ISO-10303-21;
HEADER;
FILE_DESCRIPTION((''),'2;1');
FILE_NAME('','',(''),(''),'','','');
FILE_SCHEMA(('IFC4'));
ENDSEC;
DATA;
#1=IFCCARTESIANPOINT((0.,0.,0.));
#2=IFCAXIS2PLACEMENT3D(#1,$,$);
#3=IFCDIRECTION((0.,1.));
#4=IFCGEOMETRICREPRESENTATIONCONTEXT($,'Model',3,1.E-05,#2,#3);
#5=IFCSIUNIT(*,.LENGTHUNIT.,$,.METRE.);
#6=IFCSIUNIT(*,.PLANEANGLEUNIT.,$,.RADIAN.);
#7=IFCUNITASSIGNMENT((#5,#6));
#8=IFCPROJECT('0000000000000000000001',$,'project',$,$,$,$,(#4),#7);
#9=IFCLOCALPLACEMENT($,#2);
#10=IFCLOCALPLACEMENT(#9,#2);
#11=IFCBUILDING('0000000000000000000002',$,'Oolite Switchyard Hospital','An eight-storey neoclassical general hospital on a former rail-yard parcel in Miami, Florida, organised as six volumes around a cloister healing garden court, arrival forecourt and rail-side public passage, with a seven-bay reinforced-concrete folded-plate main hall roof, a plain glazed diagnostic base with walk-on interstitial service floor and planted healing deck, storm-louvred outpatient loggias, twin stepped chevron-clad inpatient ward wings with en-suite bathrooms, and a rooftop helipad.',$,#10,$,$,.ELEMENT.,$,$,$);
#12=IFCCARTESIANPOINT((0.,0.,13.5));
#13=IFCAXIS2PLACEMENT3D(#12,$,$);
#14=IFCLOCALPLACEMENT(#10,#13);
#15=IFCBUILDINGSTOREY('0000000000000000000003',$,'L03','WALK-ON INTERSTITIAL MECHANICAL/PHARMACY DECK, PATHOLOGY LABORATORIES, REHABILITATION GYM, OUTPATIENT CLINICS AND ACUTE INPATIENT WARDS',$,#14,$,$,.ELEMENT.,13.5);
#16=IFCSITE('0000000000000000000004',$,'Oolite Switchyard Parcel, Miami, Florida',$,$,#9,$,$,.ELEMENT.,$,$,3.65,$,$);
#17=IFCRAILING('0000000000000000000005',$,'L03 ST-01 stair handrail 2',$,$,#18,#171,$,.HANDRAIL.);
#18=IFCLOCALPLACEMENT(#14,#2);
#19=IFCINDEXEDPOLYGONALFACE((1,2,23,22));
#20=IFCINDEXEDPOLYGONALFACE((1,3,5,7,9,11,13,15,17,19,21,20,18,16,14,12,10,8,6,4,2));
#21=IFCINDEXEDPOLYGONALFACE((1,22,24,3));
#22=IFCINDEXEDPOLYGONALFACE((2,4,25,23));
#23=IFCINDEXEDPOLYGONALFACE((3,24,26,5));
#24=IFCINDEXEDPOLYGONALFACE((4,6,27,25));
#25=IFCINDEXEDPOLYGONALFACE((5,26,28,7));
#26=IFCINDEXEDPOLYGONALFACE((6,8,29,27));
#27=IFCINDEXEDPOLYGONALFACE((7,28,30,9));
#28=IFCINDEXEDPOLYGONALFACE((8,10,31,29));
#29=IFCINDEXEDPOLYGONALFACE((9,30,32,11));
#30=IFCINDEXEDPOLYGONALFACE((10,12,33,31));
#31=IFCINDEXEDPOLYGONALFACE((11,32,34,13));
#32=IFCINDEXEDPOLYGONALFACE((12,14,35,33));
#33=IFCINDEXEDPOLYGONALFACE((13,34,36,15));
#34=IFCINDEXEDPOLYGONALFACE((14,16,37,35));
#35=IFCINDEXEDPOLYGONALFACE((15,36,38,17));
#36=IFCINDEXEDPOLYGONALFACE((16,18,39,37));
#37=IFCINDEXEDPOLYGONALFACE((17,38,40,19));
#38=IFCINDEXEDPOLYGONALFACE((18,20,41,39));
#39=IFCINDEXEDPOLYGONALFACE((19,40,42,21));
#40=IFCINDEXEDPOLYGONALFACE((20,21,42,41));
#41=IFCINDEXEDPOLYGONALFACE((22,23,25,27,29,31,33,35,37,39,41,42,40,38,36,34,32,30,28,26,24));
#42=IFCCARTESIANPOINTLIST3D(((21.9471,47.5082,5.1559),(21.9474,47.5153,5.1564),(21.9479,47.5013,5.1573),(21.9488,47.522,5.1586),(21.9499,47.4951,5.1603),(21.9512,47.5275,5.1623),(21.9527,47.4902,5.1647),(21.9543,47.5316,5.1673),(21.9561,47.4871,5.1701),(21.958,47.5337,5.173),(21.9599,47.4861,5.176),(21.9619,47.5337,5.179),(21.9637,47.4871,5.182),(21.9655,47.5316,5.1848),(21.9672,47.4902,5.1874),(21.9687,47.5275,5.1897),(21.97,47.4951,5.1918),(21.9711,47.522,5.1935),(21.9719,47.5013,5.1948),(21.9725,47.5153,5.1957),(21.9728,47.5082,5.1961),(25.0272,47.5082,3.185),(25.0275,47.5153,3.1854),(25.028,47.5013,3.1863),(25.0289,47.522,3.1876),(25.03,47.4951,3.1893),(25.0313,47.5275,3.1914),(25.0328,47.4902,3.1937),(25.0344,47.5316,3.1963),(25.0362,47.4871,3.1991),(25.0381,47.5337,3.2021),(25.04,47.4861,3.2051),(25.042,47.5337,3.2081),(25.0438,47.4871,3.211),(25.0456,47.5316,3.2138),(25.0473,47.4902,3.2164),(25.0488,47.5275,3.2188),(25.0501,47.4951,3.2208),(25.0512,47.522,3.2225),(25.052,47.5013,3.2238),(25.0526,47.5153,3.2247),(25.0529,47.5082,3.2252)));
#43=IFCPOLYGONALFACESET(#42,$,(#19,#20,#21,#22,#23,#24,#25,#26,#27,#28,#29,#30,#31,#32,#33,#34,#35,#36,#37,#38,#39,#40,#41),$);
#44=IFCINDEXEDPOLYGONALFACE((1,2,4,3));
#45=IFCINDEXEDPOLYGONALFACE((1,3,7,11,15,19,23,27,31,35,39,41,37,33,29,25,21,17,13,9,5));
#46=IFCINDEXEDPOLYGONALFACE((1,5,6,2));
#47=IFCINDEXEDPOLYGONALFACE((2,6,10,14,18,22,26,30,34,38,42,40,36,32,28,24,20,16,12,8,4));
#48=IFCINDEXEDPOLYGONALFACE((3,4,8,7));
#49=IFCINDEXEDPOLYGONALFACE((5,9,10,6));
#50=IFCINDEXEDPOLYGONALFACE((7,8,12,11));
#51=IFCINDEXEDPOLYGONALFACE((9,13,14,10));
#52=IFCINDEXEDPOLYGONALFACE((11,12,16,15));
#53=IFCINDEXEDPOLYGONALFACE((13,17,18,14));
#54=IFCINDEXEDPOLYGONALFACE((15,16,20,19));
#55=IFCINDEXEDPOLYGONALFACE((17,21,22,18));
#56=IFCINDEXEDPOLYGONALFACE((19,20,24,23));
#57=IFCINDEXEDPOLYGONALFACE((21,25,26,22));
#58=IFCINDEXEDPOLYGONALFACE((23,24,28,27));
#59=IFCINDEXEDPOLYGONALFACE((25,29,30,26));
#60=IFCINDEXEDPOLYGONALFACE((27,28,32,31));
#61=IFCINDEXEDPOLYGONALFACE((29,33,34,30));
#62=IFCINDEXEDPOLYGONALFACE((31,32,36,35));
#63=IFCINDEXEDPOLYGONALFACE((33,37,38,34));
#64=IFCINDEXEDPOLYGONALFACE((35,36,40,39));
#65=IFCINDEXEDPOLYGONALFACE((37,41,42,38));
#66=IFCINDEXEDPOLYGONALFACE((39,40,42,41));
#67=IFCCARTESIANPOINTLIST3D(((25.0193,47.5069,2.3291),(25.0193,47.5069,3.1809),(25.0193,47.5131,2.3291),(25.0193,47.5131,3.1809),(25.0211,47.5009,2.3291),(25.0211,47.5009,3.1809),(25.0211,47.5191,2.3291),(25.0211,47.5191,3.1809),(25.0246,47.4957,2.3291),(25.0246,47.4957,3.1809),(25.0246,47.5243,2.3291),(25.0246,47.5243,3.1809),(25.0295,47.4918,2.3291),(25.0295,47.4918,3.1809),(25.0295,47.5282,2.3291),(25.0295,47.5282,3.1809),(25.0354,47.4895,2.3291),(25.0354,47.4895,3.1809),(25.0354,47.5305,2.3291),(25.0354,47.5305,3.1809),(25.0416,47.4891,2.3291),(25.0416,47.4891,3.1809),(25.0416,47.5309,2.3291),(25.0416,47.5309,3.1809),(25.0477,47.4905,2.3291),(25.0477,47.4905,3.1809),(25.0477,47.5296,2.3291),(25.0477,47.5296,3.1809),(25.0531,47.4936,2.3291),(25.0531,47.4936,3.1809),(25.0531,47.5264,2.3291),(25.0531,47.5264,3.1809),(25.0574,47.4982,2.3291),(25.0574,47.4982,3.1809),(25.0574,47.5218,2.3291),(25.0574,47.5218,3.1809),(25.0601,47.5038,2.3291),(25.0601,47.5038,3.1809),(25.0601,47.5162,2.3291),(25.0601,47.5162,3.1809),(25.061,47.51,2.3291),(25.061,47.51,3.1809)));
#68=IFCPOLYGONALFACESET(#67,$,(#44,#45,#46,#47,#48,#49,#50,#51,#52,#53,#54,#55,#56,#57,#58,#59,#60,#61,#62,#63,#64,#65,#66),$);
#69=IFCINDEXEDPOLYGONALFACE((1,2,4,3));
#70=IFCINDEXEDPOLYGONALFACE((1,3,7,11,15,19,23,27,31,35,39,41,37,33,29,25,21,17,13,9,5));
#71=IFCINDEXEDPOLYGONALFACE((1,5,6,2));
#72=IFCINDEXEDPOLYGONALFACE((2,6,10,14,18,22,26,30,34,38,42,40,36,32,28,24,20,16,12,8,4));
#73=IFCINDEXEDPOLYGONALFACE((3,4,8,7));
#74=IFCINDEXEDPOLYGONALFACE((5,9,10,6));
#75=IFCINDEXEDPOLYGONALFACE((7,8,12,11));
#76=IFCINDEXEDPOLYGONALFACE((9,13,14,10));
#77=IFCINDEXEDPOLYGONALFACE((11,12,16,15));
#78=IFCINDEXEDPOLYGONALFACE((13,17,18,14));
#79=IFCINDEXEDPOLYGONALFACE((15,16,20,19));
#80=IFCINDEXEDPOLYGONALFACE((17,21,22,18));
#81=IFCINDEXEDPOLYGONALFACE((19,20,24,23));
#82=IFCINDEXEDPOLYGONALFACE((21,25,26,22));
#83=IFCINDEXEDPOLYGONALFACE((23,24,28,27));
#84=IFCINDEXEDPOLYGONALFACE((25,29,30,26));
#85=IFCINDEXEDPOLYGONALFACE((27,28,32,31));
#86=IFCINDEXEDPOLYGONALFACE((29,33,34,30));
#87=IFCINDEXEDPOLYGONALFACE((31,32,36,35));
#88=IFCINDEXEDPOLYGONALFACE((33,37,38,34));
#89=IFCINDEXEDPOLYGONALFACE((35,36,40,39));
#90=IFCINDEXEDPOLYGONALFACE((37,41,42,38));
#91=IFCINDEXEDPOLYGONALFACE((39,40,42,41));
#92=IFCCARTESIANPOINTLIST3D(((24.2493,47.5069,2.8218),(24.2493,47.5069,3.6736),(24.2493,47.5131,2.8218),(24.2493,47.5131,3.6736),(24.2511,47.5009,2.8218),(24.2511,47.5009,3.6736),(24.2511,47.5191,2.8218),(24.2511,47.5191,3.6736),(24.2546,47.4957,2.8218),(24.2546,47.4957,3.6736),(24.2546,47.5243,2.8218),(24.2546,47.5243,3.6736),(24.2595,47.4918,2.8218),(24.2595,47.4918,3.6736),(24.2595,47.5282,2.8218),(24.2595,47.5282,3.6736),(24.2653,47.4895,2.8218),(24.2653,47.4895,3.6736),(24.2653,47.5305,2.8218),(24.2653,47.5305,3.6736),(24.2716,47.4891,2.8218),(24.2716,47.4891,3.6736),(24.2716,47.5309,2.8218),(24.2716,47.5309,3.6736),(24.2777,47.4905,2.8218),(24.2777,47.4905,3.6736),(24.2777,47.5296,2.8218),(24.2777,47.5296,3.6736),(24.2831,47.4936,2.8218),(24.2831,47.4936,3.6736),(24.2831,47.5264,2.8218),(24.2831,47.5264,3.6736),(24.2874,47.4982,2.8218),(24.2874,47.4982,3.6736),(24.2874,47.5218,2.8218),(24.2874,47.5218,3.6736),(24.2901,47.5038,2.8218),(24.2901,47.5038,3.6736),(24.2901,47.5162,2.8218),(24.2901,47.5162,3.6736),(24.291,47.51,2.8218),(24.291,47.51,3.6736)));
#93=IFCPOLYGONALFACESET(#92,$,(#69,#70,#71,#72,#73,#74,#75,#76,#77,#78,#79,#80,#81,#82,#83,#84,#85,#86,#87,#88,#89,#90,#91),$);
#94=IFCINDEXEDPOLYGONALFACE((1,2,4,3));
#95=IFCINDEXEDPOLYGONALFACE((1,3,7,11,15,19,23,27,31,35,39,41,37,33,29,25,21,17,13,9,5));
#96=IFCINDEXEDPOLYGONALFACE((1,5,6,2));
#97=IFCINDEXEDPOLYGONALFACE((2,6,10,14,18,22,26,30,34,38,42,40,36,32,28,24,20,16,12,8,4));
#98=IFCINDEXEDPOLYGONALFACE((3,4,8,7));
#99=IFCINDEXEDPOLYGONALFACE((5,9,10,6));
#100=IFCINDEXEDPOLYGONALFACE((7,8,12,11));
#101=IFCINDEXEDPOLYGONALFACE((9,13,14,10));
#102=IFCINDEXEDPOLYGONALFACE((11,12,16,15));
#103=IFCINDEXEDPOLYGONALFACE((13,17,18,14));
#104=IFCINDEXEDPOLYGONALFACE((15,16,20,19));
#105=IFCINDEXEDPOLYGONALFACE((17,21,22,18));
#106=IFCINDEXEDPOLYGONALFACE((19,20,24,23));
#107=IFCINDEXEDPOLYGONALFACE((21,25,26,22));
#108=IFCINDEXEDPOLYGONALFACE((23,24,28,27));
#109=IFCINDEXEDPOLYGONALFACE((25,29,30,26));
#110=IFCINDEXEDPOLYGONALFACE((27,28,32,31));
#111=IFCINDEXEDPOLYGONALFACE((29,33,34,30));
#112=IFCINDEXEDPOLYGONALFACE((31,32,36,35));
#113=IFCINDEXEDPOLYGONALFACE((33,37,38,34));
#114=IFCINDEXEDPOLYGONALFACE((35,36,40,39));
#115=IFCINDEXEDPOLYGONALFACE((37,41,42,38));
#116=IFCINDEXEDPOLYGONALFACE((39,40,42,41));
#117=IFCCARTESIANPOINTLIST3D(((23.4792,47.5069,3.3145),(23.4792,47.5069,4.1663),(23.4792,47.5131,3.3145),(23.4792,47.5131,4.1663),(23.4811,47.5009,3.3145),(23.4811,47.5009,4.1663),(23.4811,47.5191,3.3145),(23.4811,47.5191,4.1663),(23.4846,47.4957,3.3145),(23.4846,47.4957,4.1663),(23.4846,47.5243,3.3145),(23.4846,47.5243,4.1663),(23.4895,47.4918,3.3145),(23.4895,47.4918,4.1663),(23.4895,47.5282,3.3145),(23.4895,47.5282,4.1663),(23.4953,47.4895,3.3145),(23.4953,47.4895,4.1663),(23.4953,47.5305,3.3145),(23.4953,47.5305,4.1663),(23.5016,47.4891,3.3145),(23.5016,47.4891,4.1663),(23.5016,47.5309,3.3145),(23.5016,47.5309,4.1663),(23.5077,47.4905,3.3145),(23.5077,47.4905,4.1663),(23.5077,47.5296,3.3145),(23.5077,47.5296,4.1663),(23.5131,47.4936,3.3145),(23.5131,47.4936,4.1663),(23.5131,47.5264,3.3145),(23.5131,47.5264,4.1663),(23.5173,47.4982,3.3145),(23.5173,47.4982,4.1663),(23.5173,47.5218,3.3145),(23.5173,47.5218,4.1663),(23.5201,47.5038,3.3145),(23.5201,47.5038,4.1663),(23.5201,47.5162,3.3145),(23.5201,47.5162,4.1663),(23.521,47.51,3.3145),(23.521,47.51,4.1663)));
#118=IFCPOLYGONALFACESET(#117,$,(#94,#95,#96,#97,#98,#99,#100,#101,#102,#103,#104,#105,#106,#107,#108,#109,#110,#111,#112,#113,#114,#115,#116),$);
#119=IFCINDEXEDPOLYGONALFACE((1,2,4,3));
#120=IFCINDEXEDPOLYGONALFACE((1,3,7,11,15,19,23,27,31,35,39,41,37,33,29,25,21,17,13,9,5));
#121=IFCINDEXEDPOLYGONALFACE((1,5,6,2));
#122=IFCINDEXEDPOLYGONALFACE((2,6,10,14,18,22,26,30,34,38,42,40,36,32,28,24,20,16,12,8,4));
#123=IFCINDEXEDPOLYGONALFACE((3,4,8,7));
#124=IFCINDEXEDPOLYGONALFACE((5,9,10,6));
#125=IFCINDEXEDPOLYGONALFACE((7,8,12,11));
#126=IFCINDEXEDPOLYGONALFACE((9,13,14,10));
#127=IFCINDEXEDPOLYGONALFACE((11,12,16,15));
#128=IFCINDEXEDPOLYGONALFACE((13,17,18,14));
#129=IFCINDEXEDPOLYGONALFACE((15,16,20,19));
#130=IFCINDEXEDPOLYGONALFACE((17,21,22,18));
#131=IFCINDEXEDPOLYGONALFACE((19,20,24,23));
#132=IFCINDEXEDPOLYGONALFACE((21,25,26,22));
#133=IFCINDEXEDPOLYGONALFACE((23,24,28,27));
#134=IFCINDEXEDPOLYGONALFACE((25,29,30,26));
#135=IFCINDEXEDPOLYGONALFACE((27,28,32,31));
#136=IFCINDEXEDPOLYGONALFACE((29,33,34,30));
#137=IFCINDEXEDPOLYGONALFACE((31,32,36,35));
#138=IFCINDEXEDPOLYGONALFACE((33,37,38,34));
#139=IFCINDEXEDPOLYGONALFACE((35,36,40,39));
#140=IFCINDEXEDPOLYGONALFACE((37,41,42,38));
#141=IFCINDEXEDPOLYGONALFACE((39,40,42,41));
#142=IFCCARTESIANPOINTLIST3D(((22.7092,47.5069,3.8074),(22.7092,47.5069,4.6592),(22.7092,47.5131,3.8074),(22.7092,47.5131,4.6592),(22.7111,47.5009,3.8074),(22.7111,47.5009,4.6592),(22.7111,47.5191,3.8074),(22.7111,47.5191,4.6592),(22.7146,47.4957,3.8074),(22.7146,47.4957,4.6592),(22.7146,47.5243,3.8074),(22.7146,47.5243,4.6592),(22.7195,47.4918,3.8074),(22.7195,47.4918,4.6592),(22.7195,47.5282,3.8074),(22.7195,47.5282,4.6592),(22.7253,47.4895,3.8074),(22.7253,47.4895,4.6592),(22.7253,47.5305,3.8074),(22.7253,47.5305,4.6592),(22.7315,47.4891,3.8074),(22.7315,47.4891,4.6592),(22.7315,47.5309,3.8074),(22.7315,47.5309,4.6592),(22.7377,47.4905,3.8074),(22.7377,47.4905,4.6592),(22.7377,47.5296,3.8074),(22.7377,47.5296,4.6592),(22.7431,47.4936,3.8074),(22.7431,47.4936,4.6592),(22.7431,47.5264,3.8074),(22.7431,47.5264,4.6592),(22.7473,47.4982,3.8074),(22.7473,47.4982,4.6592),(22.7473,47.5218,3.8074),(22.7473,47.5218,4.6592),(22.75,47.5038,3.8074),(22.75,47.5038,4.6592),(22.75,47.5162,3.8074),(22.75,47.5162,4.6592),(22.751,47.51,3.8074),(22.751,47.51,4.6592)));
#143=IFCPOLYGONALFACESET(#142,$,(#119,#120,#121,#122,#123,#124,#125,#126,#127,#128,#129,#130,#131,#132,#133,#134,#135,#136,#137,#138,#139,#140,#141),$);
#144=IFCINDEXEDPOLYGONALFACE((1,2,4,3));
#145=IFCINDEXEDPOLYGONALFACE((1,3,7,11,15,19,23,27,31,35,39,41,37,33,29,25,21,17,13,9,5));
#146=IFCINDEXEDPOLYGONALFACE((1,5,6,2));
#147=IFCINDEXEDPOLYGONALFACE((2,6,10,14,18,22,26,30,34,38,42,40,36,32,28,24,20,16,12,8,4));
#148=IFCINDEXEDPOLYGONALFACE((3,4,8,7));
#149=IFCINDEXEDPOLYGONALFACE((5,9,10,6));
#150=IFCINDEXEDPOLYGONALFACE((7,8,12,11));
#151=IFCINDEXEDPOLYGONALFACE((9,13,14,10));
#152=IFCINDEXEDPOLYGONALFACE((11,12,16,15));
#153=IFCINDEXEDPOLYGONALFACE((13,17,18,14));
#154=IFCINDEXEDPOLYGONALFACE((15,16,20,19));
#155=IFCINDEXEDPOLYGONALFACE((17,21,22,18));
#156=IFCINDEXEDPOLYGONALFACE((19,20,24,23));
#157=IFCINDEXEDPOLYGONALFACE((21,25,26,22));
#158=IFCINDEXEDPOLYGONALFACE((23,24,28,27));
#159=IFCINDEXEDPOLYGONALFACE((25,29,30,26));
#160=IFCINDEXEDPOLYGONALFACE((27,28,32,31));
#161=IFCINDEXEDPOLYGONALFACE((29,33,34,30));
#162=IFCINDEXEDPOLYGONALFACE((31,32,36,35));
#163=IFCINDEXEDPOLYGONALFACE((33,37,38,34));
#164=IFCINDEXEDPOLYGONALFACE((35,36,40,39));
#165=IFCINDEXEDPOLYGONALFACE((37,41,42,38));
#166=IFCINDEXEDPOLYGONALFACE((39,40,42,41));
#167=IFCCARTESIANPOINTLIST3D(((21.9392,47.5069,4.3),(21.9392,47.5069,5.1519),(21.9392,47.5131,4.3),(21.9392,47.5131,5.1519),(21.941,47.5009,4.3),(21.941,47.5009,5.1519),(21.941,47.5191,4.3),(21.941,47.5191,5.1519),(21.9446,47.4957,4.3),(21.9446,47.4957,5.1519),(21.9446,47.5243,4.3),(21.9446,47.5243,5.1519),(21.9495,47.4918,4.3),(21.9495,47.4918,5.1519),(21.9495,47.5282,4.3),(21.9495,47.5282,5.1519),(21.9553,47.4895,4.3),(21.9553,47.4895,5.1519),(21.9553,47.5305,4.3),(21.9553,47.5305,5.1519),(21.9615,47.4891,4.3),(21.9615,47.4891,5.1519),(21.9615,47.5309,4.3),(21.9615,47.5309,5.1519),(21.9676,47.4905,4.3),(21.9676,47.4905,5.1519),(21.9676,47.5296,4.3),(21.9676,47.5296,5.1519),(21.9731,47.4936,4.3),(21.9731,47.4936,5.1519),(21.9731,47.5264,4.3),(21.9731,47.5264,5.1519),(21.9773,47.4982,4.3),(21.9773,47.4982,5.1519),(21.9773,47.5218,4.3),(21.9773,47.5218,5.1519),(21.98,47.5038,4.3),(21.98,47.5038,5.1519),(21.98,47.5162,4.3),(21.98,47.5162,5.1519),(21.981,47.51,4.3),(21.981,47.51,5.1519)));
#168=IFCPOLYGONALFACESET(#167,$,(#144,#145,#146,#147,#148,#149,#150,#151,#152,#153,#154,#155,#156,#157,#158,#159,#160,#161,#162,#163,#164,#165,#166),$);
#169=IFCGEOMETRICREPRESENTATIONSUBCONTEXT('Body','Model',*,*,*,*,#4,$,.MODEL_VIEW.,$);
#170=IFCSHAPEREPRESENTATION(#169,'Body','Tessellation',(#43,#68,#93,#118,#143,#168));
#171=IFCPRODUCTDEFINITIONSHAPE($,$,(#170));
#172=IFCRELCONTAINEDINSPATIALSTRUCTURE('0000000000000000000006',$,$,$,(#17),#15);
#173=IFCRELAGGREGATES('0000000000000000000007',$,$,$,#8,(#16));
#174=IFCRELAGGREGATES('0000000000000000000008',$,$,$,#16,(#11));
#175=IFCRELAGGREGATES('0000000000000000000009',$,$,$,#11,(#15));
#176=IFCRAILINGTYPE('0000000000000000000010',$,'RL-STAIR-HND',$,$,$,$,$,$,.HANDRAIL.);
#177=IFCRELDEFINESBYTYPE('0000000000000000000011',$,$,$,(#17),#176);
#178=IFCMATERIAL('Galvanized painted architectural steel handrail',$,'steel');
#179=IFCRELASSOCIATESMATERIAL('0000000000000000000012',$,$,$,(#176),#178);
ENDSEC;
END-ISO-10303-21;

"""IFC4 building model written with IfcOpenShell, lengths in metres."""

from ifc_helpers import new_model, si_unit, direction, frame, origin, origin_2d, place, context, subcontext, project, spatial, circle, extrude, material, type_object, element, save


model = new_model("IFC4")

# Units and contexts
model_context = context("Model", 3, precision=1e-05, world=origin(), true_north=direction((0.0, 1.0)))
body_context = subcontext(model_context, "Body", "Model", "MODEL_VIEW")
ifc_project = project(units=[si_unit("LENGTHUNIT", "METRE"), si_unit("PLANEANGLEUNIT", "RADIAN")], contexts=[model_context])

# Site, building, storey
site_placement = place(None, origin())
site = spatial("IfcSite", under=ifc_project, at=site_placement, Name="Oolite Switchyard Parcel, Miami, Florida", CompositionType="ELEMENT", RefElevation=3.65)
building_placement = place(site_placement, origin())
building = spatial("IfcBuilding", under=site, at=building_placement, Name="Oolite Switchyard Hospital", Description="An eight-storey neoclassical general hospital on a former rail-yard parcel in Miami, Florida, organised as six volumes around a cloister healing garden court, arrival forecourt and rail-side public passage, with a seven-bay reinforced-concrete folded-plate main hall roof, a plain glazed diagnostic base with walk-on interstitial service floor and planted healing deck, storm-louvred outpatient loggias, twin stepped chevron-clad inpatient ward wings with en-suite bathrooms, and a rooftop helipad.", CompositionType="ELEMENT")
storey_placement = place(building_placement, frame((0.0, 0.0, 13.5)))
storey = spatial("IfcBuildingStorey", under=building, at=storey_placement, Name="L03", Description="WALK-ON INTERSTITIAL MECHANICAL/PHARMACY DECK, PATHOLOGY LABORATORIES, REHABILITATION GYM, OUTPATIENT CLINICS AND ACUTE INPATIENT WARDS", CompositionType="ELEMENT", Elevation=13.5)

# Railing
ifc_material_1 = material(Name="Galvanized painted architectural steel handrail", Category="steel")
railing_type_1 = type_object("IfcRailingType", Name="RL-STAIR-HND", PredefinedType="HANDRAIL", material=ifc_material_1)
railing_1_placement = place(storey_placement, frame((25.04, 47.51, 2.3291)))
element("IfcRailing", 1, at=railing_1_placement, inside=storey, type_object=railing_type_1, Name="L03 ST-01 stair handrail 2", PredefinedType="HANDRAIL", context=body_context, shape_type="SweptSolid", body=[
    extrude(circle(Radius=0.0239, at=origin_2d()), frame((0.0, 0.0, 0.876), z_axis=(-0.842309, 0.0, 0.538995), x_axis=(0.0, -1.0, 0.0)), (0.0, 0.0, 1.0), 3.6567),
    extrude(circle(Radius=0.021, at=origin_2d()), origin(), (0.0, 0.0, 1.0), 0.8518),
    extrude(circle(Radius=0.021, at=origin_2d()), frame((-0.77, 0.0, 0.4927)), (0.0, 0.0, 1.0), 0.8518),
    extrude(circle(Radius=0.021, at=origin_2d()), frame((-1.54, 0.0, 0.9854)), (0.0, 0.0, 1.0), 0.8518),
    extrude(circle(Radius=0.021, at=origin_2d()), frame((-2.3101, 0.0, 1.4783)), (0.0, 0.0, 1.0), 0.8518),
    extrude(circle(Radius=0.021, at=origin_2d()), frame((-3.0801, 0.0, 1.9709)), (0.0, 0.0, 1.0), 0.8518),
])

save(model, "model.ifc")
